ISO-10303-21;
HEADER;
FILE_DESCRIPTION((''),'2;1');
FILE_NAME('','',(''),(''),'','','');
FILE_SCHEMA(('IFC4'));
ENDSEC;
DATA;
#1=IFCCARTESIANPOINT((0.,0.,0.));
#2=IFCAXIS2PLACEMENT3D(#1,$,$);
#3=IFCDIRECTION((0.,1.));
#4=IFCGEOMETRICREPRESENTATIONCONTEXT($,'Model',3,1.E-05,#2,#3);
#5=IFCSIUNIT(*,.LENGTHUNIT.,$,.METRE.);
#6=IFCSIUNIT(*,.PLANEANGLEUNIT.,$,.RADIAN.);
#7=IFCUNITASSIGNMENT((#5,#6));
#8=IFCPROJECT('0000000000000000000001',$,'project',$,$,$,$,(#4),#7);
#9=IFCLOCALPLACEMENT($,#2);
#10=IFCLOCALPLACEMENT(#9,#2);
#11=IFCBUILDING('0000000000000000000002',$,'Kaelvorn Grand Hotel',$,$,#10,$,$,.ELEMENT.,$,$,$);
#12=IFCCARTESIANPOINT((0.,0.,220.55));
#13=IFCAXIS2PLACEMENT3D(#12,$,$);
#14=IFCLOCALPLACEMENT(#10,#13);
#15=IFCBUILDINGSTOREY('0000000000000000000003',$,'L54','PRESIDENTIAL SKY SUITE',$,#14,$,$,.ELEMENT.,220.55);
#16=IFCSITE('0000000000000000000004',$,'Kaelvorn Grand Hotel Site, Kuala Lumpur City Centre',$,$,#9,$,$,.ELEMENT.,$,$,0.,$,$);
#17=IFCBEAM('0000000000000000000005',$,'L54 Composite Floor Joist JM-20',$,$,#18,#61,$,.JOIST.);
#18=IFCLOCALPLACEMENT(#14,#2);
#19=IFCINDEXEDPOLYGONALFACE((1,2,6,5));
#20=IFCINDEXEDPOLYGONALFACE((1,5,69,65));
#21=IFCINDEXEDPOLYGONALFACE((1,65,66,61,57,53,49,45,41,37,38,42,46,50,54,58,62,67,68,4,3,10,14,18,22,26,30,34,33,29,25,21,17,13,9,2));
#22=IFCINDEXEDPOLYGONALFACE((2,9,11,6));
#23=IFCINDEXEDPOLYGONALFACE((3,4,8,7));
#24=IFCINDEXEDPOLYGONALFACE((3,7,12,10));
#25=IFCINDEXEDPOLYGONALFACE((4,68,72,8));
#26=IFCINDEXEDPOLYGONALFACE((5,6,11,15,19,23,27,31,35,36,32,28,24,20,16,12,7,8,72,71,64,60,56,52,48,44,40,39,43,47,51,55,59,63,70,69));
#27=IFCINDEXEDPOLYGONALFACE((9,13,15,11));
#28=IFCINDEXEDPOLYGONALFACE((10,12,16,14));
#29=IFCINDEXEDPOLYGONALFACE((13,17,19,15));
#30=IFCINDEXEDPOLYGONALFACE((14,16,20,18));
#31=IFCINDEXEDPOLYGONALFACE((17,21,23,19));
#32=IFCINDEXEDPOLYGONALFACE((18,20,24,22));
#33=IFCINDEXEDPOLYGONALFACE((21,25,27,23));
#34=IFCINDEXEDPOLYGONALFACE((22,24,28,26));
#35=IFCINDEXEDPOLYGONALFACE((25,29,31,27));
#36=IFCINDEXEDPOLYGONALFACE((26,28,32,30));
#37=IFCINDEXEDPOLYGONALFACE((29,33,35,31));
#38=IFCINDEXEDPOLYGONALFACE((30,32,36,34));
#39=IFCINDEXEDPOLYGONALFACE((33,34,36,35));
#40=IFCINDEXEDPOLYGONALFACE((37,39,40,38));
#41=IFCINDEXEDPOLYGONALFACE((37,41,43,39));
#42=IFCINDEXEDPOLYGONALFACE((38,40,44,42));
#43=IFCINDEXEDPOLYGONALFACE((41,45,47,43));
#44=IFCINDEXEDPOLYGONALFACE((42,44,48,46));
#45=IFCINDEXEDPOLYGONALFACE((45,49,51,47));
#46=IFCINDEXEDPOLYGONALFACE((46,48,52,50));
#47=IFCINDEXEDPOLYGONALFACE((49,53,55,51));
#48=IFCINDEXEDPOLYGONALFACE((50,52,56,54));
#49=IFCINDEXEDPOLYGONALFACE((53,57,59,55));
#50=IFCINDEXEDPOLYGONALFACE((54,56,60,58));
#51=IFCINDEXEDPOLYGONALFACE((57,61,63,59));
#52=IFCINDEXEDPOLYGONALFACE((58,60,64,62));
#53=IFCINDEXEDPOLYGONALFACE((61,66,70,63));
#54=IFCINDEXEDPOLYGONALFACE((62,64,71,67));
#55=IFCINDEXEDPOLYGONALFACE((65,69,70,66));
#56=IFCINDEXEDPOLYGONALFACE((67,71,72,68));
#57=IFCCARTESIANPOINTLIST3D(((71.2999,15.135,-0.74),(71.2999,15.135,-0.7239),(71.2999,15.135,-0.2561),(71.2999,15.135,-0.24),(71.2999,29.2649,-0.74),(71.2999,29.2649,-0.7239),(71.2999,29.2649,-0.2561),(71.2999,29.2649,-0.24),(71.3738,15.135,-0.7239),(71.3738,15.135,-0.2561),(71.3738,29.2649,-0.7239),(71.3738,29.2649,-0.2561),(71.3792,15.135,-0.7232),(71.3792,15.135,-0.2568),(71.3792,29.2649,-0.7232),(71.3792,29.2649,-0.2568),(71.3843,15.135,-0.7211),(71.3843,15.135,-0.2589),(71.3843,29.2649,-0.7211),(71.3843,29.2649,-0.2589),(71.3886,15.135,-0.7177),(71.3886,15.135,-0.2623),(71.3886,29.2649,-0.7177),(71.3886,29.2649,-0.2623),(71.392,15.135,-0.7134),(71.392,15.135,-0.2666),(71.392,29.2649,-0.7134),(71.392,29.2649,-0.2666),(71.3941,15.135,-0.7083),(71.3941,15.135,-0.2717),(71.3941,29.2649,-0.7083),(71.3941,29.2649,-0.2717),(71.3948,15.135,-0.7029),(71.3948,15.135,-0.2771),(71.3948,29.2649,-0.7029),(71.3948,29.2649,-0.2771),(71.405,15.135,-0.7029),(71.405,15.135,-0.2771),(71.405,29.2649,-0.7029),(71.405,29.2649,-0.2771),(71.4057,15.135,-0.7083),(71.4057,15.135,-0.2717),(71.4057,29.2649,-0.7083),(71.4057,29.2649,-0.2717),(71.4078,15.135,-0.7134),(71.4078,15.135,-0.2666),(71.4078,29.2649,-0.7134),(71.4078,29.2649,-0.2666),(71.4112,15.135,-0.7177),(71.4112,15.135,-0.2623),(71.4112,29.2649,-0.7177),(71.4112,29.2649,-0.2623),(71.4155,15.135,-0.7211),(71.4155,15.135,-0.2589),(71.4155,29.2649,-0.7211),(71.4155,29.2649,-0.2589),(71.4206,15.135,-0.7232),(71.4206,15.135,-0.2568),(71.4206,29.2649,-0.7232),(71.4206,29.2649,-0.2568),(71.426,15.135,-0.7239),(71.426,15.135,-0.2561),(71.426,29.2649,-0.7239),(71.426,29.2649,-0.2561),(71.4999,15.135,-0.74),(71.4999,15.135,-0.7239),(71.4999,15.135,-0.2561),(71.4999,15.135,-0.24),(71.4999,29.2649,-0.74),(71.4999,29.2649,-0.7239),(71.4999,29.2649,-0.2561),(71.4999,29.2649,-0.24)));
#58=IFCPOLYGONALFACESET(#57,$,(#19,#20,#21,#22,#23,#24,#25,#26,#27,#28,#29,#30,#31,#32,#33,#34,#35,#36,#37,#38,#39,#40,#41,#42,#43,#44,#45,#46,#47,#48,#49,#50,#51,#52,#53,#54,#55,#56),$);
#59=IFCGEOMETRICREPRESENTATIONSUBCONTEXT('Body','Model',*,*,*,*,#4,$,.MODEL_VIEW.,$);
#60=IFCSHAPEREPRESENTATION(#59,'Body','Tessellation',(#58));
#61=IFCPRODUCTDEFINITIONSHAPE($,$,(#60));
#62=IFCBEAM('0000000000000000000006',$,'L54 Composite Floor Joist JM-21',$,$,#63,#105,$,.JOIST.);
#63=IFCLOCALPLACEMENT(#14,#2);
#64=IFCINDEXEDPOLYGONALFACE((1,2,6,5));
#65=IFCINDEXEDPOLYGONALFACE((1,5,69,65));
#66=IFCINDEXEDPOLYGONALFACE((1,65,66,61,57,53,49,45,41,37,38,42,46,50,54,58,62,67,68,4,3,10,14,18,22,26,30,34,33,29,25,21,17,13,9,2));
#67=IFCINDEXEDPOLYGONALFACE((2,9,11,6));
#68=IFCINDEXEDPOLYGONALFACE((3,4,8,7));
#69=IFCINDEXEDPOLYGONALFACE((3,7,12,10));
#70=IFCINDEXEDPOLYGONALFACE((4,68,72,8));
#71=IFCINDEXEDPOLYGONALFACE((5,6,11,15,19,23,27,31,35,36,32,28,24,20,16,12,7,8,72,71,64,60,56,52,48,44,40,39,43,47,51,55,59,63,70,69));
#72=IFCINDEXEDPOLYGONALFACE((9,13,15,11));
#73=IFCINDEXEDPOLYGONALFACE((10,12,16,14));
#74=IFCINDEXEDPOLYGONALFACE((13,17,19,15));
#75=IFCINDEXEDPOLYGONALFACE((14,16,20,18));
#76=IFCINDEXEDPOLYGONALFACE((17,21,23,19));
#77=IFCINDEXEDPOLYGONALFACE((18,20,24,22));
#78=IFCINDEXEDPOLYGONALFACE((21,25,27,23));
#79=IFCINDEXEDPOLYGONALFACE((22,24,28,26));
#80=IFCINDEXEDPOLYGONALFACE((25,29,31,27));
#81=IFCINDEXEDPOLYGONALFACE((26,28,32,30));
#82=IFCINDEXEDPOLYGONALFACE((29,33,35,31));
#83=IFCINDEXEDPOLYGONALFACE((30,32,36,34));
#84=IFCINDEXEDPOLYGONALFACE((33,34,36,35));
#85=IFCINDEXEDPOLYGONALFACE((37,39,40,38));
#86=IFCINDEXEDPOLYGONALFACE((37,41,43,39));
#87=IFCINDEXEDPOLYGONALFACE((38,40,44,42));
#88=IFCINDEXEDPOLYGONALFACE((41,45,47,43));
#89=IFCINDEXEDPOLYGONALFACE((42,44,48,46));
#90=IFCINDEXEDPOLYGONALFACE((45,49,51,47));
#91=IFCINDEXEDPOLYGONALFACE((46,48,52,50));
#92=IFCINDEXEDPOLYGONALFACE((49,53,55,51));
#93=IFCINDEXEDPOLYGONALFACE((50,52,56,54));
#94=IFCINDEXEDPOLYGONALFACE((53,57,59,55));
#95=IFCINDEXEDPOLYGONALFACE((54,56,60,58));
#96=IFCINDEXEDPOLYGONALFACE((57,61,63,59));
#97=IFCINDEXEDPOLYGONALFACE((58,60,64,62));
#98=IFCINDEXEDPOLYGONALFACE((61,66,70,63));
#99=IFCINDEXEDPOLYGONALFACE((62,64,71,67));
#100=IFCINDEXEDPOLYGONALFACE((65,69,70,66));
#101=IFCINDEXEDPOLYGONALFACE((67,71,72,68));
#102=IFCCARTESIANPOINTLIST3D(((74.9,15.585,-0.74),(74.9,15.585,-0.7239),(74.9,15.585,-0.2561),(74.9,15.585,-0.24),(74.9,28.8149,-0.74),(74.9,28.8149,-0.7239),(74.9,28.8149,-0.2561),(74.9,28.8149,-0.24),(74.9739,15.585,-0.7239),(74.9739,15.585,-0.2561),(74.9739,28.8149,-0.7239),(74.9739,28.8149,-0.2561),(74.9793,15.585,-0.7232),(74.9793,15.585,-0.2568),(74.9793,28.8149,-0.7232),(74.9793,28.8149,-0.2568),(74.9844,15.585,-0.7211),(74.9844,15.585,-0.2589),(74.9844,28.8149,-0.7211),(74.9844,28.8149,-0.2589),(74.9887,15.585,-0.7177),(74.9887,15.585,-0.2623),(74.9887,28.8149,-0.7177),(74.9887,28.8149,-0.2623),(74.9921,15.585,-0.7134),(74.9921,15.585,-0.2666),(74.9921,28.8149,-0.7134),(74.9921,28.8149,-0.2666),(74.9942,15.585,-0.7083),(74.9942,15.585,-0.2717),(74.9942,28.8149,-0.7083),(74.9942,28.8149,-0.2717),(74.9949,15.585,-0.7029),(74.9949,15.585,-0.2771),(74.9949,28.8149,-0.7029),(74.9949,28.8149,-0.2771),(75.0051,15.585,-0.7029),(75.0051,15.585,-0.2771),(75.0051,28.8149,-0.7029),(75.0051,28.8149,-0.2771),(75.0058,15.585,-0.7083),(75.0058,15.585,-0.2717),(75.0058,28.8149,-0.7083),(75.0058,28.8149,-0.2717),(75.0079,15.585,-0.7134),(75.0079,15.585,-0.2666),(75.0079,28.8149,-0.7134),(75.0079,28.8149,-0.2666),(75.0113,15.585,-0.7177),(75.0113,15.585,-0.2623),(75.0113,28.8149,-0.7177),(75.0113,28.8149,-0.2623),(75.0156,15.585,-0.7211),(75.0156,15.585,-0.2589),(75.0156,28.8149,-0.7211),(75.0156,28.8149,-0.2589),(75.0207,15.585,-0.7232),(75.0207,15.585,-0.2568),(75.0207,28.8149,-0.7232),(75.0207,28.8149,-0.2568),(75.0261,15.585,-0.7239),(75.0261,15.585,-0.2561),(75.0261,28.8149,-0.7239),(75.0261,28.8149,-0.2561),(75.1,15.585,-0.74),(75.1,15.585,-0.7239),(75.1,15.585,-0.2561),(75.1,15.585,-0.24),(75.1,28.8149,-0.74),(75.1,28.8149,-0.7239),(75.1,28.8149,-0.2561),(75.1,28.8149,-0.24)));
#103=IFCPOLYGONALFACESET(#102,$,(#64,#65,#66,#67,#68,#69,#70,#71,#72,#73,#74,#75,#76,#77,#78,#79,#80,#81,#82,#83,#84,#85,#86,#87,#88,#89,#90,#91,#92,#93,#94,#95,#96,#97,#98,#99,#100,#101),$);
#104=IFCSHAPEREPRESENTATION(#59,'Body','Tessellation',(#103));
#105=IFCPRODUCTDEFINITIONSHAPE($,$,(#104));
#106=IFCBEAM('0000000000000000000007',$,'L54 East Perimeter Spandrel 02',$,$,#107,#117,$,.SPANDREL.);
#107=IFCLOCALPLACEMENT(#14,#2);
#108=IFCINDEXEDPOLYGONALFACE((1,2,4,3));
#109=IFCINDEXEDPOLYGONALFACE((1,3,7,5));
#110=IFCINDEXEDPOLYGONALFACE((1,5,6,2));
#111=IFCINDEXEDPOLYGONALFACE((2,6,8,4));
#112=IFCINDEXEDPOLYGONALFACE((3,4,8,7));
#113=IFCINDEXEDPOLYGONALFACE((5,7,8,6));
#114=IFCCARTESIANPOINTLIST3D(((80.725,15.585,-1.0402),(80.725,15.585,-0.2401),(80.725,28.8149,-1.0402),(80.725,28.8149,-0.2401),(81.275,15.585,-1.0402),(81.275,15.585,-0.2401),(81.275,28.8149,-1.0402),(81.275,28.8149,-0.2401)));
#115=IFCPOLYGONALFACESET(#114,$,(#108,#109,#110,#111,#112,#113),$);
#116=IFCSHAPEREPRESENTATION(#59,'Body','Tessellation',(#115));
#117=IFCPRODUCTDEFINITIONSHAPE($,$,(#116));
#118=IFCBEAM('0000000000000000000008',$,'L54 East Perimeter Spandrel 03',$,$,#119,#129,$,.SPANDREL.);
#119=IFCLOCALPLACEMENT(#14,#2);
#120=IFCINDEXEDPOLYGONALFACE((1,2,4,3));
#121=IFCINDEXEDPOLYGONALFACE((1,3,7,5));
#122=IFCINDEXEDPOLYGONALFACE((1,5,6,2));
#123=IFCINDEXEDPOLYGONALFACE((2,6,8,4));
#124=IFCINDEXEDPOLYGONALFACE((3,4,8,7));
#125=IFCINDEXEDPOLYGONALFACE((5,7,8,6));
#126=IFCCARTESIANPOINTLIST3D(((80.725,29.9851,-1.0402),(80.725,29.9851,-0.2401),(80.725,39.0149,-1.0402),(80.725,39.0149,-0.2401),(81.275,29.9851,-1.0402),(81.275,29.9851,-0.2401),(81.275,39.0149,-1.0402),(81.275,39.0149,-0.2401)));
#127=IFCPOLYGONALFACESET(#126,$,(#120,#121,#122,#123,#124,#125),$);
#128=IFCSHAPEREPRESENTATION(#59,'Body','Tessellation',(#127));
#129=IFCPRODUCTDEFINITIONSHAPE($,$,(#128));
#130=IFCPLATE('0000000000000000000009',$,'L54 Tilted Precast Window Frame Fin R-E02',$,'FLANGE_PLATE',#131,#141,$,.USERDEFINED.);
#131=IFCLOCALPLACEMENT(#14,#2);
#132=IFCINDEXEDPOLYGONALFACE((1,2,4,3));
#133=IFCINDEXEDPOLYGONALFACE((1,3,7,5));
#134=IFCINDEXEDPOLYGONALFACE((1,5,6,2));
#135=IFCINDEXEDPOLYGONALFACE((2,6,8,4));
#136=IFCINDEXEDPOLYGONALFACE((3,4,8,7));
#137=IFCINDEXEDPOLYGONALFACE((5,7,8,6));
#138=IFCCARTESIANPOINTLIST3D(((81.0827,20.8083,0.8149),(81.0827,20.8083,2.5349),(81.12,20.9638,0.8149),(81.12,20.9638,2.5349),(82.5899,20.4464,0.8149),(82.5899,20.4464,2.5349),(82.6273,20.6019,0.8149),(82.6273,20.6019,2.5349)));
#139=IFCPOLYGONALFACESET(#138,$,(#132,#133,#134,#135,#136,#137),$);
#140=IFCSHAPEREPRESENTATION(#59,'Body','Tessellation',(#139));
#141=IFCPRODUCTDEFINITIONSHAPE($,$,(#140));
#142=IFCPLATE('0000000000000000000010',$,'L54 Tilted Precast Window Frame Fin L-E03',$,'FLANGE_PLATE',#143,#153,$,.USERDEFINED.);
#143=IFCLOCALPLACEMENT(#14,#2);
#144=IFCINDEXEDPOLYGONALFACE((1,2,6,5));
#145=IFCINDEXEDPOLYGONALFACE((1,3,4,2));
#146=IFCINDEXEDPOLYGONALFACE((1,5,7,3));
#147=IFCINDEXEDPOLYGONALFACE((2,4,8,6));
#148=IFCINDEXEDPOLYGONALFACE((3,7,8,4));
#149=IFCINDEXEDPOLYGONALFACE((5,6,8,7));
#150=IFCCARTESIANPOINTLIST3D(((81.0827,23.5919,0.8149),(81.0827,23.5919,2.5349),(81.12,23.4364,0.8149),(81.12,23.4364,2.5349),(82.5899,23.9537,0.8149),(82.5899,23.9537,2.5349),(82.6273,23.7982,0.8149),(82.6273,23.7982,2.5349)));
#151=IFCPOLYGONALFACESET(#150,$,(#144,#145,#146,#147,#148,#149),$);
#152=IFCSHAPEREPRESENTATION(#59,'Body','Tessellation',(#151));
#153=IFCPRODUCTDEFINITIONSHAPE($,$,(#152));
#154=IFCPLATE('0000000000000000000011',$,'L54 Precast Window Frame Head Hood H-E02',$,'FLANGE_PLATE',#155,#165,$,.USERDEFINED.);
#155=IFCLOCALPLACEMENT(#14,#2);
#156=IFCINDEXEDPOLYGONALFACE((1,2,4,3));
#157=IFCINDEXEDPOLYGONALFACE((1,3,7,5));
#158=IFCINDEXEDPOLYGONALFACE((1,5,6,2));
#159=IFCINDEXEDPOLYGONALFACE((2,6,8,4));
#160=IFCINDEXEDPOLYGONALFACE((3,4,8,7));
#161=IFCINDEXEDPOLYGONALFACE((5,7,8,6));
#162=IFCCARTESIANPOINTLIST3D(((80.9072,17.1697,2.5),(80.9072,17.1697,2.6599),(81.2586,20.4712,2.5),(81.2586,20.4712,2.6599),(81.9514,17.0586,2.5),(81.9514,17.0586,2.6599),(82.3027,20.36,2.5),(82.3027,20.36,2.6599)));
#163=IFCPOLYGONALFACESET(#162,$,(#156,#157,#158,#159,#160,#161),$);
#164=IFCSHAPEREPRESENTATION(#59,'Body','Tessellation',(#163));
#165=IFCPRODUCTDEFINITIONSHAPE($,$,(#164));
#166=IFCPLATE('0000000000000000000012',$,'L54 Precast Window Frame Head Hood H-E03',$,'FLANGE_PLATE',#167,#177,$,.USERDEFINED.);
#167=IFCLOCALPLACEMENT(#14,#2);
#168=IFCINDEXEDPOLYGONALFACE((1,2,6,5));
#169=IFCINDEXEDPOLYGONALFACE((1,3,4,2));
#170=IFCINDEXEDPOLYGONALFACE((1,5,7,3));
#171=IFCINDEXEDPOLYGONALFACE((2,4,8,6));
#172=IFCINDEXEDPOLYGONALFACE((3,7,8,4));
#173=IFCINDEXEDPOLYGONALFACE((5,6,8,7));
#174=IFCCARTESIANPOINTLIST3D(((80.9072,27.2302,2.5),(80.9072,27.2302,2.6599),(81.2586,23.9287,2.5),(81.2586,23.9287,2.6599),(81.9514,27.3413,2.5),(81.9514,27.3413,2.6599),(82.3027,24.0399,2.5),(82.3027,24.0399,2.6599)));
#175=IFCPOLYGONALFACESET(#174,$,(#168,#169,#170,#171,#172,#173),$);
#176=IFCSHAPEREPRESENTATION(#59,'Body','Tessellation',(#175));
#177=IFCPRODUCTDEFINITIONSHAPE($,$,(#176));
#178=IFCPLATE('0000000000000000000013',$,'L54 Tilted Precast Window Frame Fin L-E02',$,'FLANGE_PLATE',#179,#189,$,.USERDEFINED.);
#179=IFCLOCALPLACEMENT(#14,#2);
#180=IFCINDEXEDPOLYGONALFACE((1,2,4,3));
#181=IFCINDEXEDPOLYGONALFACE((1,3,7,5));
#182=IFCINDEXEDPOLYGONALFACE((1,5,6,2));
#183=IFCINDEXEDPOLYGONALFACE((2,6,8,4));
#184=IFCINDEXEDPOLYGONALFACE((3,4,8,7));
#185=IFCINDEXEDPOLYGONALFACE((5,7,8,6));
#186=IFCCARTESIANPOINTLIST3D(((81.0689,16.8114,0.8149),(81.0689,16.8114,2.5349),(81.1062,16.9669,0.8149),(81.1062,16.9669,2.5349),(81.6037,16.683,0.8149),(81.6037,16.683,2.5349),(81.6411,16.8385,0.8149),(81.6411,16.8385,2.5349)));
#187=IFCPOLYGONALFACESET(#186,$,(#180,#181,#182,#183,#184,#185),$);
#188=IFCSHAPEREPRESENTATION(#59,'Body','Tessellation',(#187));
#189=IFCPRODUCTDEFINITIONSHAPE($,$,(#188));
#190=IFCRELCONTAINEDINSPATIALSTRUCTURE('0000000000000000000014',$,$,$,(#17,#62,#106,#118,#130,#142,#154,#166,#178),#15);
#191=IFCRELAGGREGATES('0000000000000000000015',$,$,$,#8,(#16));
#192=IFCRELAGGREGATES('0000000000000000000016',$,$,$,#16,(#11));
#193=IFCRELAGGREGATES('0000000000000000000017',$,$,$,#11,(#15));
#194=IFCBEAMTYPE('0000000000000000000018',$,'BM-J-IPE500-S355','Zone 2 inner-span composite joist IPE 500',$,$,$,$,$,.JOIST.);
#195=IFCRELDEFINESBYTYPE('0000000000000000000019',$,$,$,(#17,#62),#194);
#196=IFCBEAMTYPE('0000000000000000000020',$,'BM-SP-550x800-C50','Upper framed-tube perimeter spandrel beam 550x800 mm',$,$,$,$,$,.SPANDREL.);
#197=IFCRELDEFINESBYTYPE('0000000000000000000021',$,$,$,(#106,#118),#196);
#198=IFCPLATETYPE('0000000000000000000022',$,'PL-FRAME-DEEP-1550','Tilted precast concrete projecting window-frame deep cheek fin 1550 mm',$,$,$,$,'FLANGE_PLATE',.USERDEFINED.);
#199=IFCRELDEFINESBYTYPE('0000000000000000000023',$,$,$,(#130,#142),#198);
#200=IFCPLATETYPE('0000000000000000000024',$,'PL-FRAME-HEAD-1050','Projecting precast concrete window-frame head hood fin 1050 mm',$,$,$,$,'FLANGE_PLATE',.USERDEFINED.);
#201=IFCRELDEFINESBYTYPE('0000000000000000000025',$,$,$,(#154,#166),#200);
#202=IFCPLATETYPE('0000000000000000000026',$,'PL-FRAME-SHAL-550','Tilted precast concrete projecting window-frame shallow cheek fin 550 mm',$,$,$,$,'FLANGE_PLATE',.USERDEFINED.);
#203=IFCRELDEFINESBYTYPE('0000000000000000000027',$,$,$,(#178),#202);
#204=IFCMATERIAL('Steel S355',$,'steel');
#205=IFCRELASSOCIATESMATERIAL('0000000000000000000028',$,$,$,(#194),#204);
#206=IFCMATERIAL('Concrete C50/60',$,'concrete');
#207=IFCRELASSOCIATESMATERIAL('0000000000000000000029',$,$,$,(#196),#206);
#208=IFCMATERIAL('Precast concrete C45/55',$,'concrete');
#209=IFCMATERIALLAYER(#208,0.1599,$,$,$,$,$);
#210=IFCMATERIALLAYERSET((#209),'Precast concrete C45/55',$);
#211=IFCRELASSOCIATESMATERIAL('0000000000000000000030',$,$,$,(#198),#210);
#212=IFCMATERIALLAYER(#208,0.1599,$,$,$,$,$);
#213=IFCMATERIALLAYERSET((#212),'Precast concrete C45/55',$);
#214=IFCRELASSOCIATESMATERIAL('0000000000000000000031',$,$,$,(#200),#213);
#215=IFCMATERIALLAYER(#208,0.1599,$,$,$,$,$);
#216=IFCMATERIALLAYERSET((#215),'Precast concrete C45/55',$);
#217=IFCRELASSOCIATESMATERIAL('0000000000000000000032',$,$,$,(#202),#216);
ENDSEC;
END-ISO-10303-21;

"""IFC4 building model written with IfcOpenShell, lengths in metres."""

from ifc_helpers import new_model, si_unit, direction, frame, origin, origin_2d, place, context, subcontext, project, spatial, rectangle, i_section, extrude, material, layer, layer_set, material_profile, profile_set, type_object, element, save


model = new_model("IFC4")

# Units and contexts
model_context = context("Model", 3, precision=1e-05, world=origin(), true_north=direction((0.0, 1.0)))
body_context = subcontext(model_context, "Body", "Model", "MODEL_VIEW")
ifc_project = project(units=[si_unit("LENGTHUNIT", "METRE"), si_unit("PLANEANGLEUNIT", "RADIAN")], contexts=[model_context])

# Site, building, storey
site_placement = place(None, origin())
site = spatial("IfcSite", under=ifc_project, at=site_placement, Name="Kaelvorn Grand Hotel Site, Kuala Lumpur City Centre", CompositionType="ELEMENT", RefElevation=0.0)
building_placement = place(site_placement, origin())
building = spatial("IfcBuilding", under=site, at=building_placement, Name="Kaelvorn Grand Hotel", CompositionType="ELEMENT")
storey_placement = place(building_placement, frame((0.0, 0.0, 220.55)))
storey = spatial("IfcBuildingStorey", under=building, at=storey_placement, Name="L54", Description="PRESIDENTIAL SKY SUITE", CompositionType="ELEMENT", Elevation=220.55)

# Beams
ifc_material_1 = material(Name="Steel S355", Category="steel")
ifc_material_profile_1 = material_profile(ifc_material_1, i_section(OverallWidth=0.2, OverallDepth=0.5, WebThickness=0.0103, FlangeThickness=0.0161, FilletRadius=0.021, at=origin_2d()), Name="IPE 500")
ifc_profile_set_1 = profile_set([ifc_material_profile_1], Name="Steel S355")
beam_type_1 = type_object("IfcBeamType", Name="BM-J-IPE500-S355", Description="Zone 2 inner-span composite joist IPE 500", PredefinedType="JOIST", material=ifc_profile_set_1)
beam_1_placement = place(storey_placement, frame((71.3999, 15.135, -0.49), z_axis=(0.0, 1.0, 0.0), x_axis=(-1.0, 0.0, 0.0)))
element("IfcBeam", 1, at=beam_1_placement, inside=storey, type_object=beam_type_1, Name="L54 Composite Floor Joist JM-20", PredefinedType="JOIST", context=body_context, shape_type="SweptSolid", body=[
    extrude(i_section(OverallWidth=0.2, OverallDepth=0.5, WebThickness=0.0103, FlangeThickness=0.0161, FilletRadius=0.021, at=origin_2d()), origin(), (0.0, 0.0, 1.0), 14.1299),
])
beam_2_placement = place(storey_placement, frame((75.0, 15.585, -0.49), z_axis=(0.0, 1.0, 0.0), x_axis=(-1.0, 0.0, 0.0)))
element("IfcBeam", 2, at=beam_2_placement, inside=storey, type_object=beam_type_1, Name="L54 Composite Floor Joist JM-21", PredefinedType="JOIST", context=body_context, shape_type="SweptSolid", body=[
    extrude(i_section(OverallWidth=0.2, OverallDepth=0.5, WebThickness=0.0103, FlangeThickness=0.0161, FilletRadius=0.021, at=origin_2d()), origin(), (0.0, 0.0, 1.0), 13.23),
])
ifc_material_2 = material(Name="Concrete C50/60", Category="concrete")
ifc_material_profile_2 = material_profile(ifc_material_2, rectangle(XDim=0.55, YDim=0.8, at=origin_2d()), Name="RC SPANDREL 550x800")
ifc_profile_set_2 = profile_set([ifc_material_profile_2], Name="Concrete C50/60")
beam_type_2 = type_object("IfcBeamType", Name="BM-SP-550x800-C50", Description="Upper framed-tube perimeter spandrel beam 550x800 mm", PredefinedType="SPANDREL", material=ifc_profile_set_2)
beam_3_placement = place(storey_placement, frame((81.0, 15.585, -0.6401), z_axis=(0.0, 1.0, 0.0), x_axis=(-1.0, 0.0, 0.0)))
element("IfcBeam", 3, at=beam_3_placement, inside=storey, type_object=beam_type_2, Name="L54 East Perimeter Spandrel 02", PredefinedType="SPANDREL", context=body_context, shape_type="SweptSolid", body=[
    extrude(rectangle(XDim=0.55, YDim=0.8, at=origin_2d()), origin(), (0.0, 0.0, 1.0), 13.23),
])
beam_4_placement = place(storey_placement, frame((81.0, 29.9851, -0.6401), z_axis=(0.0, 1.0, 0.0), x_axis=(-1.0, 0.0, 0.0)))
element("IfcBeam", 4, at=beam_4_placement, inside=storey, type_object=beam_type_2, Name="L54 East Perimeter Spandrel 03", PredefinedType="SPANDREL", context=body_context, shape_type="SweptSolid", body=[
    extrude(rectangle(XDim=0.55, YDim=0.8, at=origin_2d()), origin(), (0.0, 0.0, 1.0), 9.0298),
])

# Plates
ifc_material_3 = material(Name="Precast concrete C45/55", Category="concrete")
ifc_layer_1 = layer(ifc_material_3, 0.1599)
ifc_layer_set_1 = layer_set([ifc_layer_1], Name="Precast concrete C45/55")
plate_type_1 = type_object("IfcPlateType", Name="PL-FRAME-DEEP-1550", Description="Tilted precast concrete projecting window-frame deep cheek fin 1550 mm", ElementType="FLANGE_PLATE", PredefinedType="USERDEFINED", material=ifc_layer_set_1)
for number, where, z_axis, x_axis, name in (
    (5, (81.855, 20.7051, 0.8149), (0.0, 0.0, 1.0), (0.233445, 0.97237, 0.0), "L54 Tilted Precast Window Frame Fin R-E02"),
    (6, (81.855, 23.6951, 0.8149), (0.0, 0.0, 1.0), (-0.233445, 0.97237, 0.0), "L54 Tilted Precast Window Frame Fin L-E03"),
):
    element("IfcPlate", number, at=place(storey_placement, frame(where, z_axis=z_axis, x_axis=x_axis)), inside=storey, type_object=plate_type_1, Name=name, ObjectType="FLANGE_PLATE", PredefinedType="USERDEFINED", context=body_context, shape_type="SweptSolid", body=[
        extrude(rectangle(XDim=0.1599, YDim=1.55, at=origin_2d()), origin(), (0.0, 0.0, 1.0), 1.72),
    ])
ifc_layer_2 = layer(ifc_material_3, 0.1599)
ifc_layer_set_2 = layer_set([ifc_layer_2], Name="Precast concrete C45/55")
plate_type_2 = type_object("IfcPlateType", Name="PL-FRAME-HEAD-1050", Description="Projecting precast concrete window-frame head hood fin 1050 mm", ElementType="FLANGE_PLATE", PredefinedType="USERDEFINED", material=ifc_layer_set_2)
for number, where, z_axis, x_axis, name in (
    (7, (81.605, 18.7649, 2.5), (0.0, 0.0, 1.0), (0.10583, 0.994384, 0.0), "L54 Precast Window Frame Head Hood H-E02"),
    (8, (81.605, 25.635, 2.5), (0.0, 0.0, 1.0), (-0.10583, 0.994384, 0.0), "L54 Precast Window Frame Head Hood H-E03"),
):
    element("IfcPlate", number, at=place(storey_placement, frame(where, z_axis=z_axis, x_axis=x_axis)), inside=storey, type_object=plate_type_2, Name=name, ObjectType="FLANGE_PLATE", PredefinedType="USERDEFINED", context=body_context, shape_type="SweptSolid", body=[
        extrude(rectangle(XDim=3.3201, YDim=1.05, at=origin_2d()), origin(), (0.0, 0.0, 1.0), 0.1599),
    ])
ifc_layer_3 = layer(ifc_material_3, 0.1599)
ifc_layer_set_3 = layer_set([ifc_layer_3], Name="Precast concrete C45/55")
plate_type_3 = type_object("IfcPlateType", Name="PL-FRAME-SHAL-550", Description="Tilted precast concrete projecting window-frame shallow cheek fin 550 mm", ElementType="FLANGE_PLATE", PredefinedType="USERDEFINED", material=ifc_layer_set_3)
for number, where, z_axis, x_axis, name in (
    (9, (81.355, 16.825, 0.8149), (0.0, 0.0, 1.0), (0.233445, 0.97237, 0.0), "L54 Tilted Precast Window Frame Fin L-E02"),
):
    element("IfcPlate", number, at=place(storey_placement, frame(where, z_axis=z_axis, x_axis=x_axis)), inside=storey, type_object=plate_type_3, Name=name, ObjectType="FLANGE_PLATE", PredefinedType="USERDEFINED", context=body_context, shape_type="SweptSolid", body=[
        extrude(rectangle(XDim=0.1599, YDim=0.55, at=origin_2d()), origin(), (0.0, 0.0, 1.0), 1.72),
    ])

save(model, "model.ifc")
